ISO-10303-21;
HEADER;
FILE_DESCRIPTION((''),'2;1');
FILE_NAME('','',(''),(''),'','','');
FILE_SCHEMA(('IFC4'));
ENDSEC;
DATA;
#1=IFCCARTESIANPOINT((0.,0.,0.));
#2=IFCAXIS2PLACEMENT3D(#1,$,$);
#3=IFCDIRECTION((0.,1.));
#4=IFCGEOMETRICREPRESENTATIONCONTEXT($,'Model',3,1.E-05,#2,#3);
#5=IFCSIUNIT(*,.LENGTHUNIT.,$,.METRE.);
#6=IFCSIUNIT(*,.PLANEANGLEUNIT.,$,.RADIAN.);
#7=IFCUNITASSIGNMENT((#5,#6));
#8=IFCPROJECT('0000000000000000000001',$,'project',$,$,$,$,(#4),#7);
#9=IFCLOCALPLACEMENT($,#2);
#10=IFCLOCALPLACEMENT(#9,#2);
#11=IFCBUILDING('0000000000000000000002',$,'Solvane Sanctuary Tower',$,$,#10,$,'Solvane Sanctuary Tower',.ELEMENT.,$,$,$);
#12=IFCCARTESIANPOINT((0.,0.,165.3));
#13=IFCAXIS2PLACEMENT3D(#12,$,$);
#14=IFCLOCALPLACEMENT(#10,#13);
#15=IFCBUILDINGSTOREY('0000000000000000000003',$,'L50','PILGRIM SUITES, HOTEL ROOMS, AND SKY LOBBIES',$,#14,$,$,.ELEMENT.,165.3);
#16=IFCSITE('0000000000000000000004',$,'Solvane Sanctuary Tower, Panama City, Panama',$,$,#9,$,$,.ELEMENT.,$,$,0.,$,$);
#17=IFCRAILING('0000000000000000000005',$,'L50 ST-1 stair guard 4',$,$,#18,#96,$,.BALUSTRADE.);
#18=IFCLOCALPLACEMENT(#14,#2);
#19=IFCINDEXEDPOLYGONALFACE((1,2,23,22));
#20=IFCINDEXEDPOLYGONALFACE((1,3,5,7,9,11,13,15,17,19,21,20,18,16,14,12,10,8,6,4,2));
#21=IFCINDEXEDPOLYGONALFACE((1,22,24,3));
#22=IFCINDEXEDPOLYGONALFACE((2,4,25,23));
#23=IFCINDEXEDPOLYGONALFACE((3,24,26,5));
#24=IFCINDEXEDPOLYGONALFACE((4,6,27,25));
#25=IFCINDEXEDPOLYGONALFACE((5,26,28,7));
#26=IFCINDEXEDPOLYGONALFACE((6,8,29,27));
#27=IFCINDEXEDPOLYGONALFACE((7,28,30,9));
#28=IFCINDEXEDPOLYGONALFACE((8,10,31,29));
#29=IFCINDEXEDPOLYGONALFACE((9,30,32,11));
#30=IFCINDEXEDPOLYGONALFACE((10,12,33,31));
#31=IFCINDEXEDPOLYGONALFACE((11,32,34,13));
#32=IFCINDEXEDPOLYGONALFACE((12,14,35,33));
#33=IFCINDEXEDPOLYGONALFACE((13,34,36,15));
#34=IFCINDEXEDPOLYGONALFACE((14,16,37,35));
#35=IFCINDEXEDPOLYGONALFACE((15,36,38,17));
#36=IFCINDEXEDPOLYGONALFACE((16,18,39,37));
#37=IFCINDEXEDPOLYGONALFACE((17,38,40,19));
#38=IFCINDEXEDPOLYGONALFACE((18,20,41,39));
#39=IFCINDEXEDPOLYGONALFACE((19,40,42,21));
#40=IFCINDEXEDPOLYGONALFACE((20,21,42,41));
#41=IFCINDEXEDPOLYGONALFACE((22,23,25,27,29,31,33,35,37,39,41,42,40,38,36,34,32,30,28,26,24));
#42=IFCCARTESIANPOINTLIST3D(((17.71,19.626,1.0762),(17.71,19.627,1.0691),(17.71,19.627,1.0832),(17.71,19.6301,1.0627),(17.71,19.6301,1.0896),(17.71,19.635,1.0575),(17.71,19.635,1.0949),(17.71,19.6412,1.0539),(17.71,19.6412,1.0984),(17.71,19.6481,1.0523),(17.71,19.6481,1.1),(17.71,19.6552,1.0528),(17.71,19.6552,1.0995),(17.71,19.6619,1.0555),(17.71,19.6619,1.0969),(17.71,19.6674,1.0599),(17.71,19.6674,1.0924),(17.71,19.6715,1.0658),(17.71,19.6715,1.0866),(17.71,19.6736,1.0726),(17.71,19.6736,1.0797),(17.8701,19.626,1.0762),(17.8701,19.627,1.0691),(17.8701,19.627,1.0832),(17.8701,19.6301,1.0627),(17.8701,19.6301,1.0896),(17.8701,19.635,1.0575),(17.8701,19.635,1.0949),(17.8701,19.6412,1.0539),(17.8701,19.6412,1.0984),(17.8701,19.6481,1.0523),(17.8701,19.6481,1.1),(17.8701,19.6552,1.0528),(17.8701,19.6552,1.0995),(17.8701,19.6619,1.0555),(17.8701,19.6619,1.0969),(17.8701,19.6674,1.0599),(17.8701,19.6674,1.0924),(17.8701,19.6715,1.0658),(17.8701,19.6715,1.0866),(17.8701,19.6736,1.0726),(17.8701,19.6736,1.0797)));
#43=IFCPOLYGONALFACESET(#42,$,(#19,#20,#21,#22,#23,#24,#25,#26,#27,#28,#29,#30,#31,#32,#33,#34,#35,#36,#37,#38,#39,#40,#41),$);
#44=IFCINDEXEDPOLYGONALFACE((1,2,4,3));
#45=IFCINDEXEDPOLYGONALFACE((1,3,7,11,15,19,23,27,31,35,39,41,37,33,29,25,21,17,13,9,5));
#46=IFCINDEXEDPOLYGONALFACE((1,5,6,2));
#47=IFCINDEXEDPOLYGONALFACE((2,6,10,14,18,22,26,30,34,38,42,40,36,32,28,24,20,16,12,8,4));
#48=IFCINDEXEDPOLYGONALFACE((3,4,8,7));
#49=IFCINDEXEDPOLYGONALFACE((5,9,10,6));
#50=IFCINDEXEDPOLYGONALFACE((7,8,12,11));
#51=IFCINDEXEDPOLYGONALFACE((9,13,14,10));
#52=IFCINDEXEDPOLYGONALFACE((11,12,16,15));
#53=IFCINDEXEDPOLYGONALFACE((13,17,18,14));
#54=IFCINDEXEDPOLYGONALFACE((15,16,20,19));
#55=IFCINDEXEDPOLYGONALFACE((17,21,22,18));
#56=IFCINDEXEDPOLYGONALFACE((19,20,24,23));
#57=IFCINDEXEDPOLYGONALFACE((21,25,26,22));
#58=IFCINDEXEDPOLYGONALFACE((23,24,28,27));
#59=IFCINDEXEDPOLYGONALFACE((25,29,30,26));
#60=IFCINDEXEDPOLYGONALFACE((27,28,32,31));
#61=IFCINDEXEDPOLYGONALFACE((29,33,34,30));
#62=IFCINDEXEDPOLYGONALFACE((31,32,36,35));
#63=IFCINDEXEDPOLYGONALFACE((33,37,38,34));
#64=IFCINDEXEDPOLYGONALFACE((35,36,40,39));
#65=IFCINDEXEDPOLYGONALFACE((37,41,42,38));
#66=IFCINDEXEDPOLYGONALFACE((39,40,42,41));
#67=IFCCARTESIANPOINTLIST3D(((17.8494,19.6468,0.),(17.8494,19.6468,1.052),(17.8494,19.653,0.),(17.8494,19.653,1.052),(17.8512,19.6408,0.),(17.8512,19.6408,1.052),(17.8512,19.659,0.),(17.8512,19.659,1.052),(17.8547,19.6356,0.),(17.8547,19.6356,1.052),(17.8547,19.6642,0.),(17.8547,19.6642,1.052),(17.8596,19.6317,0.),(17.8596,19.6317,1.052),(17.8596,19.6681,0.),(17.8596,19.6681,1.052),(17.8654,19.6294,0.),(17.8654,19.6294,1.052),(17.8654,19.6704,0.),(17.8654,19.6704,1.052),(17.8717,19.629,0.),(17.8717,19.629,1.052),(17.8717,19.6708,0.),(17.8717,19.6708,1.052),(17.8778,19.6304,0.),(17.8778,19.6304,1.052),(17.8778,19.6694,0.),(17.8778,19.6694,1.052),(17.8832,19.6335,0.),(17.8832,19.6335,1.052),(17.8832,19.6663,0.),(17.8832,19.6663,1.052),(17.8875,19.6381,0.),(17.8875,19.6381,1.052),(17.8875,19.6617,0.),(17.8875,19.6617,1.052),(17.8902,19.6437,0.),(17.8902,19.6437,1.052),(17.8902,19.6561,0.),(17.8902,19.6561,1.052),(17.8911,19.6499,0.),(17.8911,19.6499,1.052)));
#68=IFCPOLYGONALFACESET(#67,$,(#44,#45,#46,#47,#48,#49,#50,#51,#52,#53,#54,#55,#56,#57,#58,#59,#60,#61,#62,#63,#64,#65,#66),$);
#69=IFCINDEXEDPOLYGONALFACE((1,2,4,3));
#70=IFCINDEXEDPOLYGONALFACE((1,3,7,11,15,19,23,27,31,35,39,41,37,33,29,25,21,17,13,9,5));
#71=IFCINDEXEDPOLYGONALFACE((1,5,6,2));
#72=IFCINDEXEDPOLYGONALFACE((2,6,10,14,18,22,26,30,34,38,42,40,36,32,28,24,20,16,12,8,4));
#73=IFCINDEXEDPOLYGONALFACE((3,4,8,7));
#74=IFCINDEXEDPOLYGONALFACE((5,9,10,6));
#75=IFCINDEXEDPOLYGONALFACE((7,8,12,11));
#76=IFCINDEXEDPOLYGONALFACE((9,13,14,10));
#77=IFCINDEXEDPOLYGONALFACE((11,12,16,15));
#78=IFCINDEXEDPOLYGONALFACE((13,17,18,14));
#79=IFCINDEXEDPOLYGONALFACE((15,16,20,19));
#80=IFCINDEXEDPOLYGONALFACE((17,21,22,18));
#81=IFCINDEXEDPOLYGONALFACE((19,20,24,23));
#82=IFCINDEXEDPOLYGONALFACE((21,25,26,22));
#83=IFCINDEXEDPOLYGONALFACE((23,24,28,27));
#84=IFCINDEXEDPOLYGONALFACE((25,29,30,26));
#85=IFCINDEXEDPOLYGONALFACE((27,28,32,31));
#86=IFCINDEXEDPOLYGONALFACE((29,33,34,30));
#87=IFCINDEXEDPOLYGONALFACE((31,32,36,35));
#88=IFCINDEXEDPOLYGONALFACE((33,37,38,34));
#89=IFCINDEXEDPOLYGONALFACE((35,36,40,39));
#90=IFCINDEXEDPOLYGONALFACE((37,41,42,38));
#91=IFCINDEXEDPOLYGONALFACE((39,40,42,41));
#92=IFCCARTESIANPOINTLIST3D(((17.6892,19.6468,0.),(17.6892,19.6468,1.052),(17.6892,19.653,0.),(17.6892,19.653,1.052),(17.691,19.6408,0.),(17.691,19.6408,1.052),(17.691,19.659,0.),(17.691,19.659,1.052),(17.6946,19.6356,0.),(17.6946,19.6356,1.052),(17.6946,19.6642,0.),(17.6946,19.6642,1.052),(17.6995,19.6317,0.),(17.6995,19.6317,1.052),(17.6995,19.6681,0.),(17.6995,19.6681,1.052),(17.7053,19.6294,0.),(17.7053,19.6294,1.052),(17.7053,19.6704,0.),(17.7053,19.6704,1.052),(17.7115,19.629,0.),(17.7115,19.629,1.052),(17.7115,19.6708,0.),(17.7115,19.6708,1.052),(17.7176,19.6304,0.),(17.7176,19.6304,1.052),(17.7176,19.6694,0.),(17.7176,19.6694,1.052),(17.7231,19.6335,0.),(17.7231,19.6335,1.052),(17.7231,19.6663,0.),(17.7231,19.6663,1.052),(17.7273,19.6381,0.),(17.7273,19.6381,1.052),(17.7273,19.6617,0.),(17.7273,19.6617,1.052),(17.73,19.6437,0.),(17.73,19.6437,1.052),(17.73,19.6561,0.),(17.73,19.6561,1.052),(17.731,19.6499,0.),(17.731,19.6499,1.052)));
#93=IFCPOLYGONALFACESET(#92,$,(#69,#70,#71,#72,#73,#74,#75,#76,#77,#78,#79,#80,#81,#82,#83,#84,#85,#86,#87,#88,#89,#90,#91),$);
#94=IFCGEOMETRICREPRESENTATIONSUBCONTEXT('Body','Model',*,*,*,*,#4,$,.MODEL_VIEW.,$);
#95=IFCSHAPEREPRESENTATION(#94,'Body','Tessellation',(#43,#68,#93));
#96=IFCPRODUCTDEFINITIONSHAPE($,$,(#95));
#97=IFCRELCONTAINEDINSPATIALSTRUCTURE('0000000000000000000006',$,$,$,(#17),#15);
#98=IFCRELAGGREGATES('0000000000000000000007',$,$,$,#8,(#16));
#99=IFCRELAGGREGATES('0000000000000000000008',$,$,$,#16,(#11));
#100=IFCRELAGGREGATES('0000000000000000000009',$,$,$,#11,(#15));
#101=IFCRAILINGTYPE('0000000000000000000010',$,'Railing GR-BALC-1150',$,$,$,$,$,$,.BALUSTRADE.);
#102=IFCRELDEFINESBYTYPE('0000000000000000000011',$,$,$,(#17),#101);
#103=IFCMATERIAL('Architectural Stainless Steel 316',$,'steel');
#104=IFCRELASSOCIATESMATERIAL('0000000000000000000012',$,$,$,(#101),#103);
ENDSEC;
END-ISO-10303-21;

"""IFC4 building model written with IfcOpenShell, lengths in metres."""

from ifc_helpers import new_model, si_unit, direction, frame, origin, origin_2d, place, context, subcontext, project, spatial, circle, extrude, material, type_object, element, save


model = new_model("IFC4")

# Units and contexts
model_context = context("Model", 3, precision=1e-05, world=origin(), true_north=direction((0.0, 1.0)))
body_context = subcontext(model_context, "Body", "Model", "MODEL_VIEW")
ifc_project = project(units=[si_unit("LENGTHUNIT", "METRE"), si_unit("PLANEANGLEUNIT", "RADIAN")], contexts=[model_context])

# Site, building, storey
site_placement = place(None, origin())
site = spatial("IfcSite", under=ifc_project, at=site_placement, Name="Solvane Sanctuary Tower, Panama City, Panama", CompositionType="ELEMENT", RefElevation=0.0)
building_placement = place(site_placement, origin())
building = spatial("IfcBuilding", under=site, at=building_placement, Name="Solvane Sanctuary Tower", LongName="Solvane Sanctuary Tower", CompositionType="ELEMENT")
storey_placement = place(building_placement, frame((0.0, 0.0, 165.3)))
storey = spatial("IfcBuildingStorey", under=building, at=storey_placement, Name="L50", Description="PILGRIM SUITES, HOTEL ROOMS, AND SKY LOBBIES", CompositionType="ELEMENT", Elevation=165.3)

# Shared definitions
ifc_material_1 = material(Name="Architectural Stainless Steel 316", Category="steel")

# Railing
railing_type_1 = type_object("IfcRailingType", Name="Railing GR-BALC-1150", PredefinedType="BALUSTRADE", material=ifc_material_1)
railing_1_placement = place(storey_placement, frame((17.8701, 19.6499, 0.0)))
element("IfcRailing", 1, at=railing_1_placement, inside=storey, type_object=railing_type_1, Name="L50 ST-1 stair guard 4", PredefinedType="BALUSTRADE", context=body_context, shape_type="SweptSolid", body=[
    extrude(circle(Radius=0.0239, at=origin_2d()), frame((0.0, 0.0, 1.0762), z_axis=(-1.0, 0.0, 0.0), x_axis=(0.0, -1.0, 0.0)), (0.0, 0.0, 1.0), 0.1602),
    extrude(circle(Radius=0.021, at=origin_2d()), origin(), (0.0, 0.0, 1.0), 1.052),
    extrude(circle(Radius=0.021, at=origin_2d()), frame((-0.1602, 0.0, 0.0)), (0.0, 0.0, 1.0), 1.052),
])

save(model, "model.ifc")
